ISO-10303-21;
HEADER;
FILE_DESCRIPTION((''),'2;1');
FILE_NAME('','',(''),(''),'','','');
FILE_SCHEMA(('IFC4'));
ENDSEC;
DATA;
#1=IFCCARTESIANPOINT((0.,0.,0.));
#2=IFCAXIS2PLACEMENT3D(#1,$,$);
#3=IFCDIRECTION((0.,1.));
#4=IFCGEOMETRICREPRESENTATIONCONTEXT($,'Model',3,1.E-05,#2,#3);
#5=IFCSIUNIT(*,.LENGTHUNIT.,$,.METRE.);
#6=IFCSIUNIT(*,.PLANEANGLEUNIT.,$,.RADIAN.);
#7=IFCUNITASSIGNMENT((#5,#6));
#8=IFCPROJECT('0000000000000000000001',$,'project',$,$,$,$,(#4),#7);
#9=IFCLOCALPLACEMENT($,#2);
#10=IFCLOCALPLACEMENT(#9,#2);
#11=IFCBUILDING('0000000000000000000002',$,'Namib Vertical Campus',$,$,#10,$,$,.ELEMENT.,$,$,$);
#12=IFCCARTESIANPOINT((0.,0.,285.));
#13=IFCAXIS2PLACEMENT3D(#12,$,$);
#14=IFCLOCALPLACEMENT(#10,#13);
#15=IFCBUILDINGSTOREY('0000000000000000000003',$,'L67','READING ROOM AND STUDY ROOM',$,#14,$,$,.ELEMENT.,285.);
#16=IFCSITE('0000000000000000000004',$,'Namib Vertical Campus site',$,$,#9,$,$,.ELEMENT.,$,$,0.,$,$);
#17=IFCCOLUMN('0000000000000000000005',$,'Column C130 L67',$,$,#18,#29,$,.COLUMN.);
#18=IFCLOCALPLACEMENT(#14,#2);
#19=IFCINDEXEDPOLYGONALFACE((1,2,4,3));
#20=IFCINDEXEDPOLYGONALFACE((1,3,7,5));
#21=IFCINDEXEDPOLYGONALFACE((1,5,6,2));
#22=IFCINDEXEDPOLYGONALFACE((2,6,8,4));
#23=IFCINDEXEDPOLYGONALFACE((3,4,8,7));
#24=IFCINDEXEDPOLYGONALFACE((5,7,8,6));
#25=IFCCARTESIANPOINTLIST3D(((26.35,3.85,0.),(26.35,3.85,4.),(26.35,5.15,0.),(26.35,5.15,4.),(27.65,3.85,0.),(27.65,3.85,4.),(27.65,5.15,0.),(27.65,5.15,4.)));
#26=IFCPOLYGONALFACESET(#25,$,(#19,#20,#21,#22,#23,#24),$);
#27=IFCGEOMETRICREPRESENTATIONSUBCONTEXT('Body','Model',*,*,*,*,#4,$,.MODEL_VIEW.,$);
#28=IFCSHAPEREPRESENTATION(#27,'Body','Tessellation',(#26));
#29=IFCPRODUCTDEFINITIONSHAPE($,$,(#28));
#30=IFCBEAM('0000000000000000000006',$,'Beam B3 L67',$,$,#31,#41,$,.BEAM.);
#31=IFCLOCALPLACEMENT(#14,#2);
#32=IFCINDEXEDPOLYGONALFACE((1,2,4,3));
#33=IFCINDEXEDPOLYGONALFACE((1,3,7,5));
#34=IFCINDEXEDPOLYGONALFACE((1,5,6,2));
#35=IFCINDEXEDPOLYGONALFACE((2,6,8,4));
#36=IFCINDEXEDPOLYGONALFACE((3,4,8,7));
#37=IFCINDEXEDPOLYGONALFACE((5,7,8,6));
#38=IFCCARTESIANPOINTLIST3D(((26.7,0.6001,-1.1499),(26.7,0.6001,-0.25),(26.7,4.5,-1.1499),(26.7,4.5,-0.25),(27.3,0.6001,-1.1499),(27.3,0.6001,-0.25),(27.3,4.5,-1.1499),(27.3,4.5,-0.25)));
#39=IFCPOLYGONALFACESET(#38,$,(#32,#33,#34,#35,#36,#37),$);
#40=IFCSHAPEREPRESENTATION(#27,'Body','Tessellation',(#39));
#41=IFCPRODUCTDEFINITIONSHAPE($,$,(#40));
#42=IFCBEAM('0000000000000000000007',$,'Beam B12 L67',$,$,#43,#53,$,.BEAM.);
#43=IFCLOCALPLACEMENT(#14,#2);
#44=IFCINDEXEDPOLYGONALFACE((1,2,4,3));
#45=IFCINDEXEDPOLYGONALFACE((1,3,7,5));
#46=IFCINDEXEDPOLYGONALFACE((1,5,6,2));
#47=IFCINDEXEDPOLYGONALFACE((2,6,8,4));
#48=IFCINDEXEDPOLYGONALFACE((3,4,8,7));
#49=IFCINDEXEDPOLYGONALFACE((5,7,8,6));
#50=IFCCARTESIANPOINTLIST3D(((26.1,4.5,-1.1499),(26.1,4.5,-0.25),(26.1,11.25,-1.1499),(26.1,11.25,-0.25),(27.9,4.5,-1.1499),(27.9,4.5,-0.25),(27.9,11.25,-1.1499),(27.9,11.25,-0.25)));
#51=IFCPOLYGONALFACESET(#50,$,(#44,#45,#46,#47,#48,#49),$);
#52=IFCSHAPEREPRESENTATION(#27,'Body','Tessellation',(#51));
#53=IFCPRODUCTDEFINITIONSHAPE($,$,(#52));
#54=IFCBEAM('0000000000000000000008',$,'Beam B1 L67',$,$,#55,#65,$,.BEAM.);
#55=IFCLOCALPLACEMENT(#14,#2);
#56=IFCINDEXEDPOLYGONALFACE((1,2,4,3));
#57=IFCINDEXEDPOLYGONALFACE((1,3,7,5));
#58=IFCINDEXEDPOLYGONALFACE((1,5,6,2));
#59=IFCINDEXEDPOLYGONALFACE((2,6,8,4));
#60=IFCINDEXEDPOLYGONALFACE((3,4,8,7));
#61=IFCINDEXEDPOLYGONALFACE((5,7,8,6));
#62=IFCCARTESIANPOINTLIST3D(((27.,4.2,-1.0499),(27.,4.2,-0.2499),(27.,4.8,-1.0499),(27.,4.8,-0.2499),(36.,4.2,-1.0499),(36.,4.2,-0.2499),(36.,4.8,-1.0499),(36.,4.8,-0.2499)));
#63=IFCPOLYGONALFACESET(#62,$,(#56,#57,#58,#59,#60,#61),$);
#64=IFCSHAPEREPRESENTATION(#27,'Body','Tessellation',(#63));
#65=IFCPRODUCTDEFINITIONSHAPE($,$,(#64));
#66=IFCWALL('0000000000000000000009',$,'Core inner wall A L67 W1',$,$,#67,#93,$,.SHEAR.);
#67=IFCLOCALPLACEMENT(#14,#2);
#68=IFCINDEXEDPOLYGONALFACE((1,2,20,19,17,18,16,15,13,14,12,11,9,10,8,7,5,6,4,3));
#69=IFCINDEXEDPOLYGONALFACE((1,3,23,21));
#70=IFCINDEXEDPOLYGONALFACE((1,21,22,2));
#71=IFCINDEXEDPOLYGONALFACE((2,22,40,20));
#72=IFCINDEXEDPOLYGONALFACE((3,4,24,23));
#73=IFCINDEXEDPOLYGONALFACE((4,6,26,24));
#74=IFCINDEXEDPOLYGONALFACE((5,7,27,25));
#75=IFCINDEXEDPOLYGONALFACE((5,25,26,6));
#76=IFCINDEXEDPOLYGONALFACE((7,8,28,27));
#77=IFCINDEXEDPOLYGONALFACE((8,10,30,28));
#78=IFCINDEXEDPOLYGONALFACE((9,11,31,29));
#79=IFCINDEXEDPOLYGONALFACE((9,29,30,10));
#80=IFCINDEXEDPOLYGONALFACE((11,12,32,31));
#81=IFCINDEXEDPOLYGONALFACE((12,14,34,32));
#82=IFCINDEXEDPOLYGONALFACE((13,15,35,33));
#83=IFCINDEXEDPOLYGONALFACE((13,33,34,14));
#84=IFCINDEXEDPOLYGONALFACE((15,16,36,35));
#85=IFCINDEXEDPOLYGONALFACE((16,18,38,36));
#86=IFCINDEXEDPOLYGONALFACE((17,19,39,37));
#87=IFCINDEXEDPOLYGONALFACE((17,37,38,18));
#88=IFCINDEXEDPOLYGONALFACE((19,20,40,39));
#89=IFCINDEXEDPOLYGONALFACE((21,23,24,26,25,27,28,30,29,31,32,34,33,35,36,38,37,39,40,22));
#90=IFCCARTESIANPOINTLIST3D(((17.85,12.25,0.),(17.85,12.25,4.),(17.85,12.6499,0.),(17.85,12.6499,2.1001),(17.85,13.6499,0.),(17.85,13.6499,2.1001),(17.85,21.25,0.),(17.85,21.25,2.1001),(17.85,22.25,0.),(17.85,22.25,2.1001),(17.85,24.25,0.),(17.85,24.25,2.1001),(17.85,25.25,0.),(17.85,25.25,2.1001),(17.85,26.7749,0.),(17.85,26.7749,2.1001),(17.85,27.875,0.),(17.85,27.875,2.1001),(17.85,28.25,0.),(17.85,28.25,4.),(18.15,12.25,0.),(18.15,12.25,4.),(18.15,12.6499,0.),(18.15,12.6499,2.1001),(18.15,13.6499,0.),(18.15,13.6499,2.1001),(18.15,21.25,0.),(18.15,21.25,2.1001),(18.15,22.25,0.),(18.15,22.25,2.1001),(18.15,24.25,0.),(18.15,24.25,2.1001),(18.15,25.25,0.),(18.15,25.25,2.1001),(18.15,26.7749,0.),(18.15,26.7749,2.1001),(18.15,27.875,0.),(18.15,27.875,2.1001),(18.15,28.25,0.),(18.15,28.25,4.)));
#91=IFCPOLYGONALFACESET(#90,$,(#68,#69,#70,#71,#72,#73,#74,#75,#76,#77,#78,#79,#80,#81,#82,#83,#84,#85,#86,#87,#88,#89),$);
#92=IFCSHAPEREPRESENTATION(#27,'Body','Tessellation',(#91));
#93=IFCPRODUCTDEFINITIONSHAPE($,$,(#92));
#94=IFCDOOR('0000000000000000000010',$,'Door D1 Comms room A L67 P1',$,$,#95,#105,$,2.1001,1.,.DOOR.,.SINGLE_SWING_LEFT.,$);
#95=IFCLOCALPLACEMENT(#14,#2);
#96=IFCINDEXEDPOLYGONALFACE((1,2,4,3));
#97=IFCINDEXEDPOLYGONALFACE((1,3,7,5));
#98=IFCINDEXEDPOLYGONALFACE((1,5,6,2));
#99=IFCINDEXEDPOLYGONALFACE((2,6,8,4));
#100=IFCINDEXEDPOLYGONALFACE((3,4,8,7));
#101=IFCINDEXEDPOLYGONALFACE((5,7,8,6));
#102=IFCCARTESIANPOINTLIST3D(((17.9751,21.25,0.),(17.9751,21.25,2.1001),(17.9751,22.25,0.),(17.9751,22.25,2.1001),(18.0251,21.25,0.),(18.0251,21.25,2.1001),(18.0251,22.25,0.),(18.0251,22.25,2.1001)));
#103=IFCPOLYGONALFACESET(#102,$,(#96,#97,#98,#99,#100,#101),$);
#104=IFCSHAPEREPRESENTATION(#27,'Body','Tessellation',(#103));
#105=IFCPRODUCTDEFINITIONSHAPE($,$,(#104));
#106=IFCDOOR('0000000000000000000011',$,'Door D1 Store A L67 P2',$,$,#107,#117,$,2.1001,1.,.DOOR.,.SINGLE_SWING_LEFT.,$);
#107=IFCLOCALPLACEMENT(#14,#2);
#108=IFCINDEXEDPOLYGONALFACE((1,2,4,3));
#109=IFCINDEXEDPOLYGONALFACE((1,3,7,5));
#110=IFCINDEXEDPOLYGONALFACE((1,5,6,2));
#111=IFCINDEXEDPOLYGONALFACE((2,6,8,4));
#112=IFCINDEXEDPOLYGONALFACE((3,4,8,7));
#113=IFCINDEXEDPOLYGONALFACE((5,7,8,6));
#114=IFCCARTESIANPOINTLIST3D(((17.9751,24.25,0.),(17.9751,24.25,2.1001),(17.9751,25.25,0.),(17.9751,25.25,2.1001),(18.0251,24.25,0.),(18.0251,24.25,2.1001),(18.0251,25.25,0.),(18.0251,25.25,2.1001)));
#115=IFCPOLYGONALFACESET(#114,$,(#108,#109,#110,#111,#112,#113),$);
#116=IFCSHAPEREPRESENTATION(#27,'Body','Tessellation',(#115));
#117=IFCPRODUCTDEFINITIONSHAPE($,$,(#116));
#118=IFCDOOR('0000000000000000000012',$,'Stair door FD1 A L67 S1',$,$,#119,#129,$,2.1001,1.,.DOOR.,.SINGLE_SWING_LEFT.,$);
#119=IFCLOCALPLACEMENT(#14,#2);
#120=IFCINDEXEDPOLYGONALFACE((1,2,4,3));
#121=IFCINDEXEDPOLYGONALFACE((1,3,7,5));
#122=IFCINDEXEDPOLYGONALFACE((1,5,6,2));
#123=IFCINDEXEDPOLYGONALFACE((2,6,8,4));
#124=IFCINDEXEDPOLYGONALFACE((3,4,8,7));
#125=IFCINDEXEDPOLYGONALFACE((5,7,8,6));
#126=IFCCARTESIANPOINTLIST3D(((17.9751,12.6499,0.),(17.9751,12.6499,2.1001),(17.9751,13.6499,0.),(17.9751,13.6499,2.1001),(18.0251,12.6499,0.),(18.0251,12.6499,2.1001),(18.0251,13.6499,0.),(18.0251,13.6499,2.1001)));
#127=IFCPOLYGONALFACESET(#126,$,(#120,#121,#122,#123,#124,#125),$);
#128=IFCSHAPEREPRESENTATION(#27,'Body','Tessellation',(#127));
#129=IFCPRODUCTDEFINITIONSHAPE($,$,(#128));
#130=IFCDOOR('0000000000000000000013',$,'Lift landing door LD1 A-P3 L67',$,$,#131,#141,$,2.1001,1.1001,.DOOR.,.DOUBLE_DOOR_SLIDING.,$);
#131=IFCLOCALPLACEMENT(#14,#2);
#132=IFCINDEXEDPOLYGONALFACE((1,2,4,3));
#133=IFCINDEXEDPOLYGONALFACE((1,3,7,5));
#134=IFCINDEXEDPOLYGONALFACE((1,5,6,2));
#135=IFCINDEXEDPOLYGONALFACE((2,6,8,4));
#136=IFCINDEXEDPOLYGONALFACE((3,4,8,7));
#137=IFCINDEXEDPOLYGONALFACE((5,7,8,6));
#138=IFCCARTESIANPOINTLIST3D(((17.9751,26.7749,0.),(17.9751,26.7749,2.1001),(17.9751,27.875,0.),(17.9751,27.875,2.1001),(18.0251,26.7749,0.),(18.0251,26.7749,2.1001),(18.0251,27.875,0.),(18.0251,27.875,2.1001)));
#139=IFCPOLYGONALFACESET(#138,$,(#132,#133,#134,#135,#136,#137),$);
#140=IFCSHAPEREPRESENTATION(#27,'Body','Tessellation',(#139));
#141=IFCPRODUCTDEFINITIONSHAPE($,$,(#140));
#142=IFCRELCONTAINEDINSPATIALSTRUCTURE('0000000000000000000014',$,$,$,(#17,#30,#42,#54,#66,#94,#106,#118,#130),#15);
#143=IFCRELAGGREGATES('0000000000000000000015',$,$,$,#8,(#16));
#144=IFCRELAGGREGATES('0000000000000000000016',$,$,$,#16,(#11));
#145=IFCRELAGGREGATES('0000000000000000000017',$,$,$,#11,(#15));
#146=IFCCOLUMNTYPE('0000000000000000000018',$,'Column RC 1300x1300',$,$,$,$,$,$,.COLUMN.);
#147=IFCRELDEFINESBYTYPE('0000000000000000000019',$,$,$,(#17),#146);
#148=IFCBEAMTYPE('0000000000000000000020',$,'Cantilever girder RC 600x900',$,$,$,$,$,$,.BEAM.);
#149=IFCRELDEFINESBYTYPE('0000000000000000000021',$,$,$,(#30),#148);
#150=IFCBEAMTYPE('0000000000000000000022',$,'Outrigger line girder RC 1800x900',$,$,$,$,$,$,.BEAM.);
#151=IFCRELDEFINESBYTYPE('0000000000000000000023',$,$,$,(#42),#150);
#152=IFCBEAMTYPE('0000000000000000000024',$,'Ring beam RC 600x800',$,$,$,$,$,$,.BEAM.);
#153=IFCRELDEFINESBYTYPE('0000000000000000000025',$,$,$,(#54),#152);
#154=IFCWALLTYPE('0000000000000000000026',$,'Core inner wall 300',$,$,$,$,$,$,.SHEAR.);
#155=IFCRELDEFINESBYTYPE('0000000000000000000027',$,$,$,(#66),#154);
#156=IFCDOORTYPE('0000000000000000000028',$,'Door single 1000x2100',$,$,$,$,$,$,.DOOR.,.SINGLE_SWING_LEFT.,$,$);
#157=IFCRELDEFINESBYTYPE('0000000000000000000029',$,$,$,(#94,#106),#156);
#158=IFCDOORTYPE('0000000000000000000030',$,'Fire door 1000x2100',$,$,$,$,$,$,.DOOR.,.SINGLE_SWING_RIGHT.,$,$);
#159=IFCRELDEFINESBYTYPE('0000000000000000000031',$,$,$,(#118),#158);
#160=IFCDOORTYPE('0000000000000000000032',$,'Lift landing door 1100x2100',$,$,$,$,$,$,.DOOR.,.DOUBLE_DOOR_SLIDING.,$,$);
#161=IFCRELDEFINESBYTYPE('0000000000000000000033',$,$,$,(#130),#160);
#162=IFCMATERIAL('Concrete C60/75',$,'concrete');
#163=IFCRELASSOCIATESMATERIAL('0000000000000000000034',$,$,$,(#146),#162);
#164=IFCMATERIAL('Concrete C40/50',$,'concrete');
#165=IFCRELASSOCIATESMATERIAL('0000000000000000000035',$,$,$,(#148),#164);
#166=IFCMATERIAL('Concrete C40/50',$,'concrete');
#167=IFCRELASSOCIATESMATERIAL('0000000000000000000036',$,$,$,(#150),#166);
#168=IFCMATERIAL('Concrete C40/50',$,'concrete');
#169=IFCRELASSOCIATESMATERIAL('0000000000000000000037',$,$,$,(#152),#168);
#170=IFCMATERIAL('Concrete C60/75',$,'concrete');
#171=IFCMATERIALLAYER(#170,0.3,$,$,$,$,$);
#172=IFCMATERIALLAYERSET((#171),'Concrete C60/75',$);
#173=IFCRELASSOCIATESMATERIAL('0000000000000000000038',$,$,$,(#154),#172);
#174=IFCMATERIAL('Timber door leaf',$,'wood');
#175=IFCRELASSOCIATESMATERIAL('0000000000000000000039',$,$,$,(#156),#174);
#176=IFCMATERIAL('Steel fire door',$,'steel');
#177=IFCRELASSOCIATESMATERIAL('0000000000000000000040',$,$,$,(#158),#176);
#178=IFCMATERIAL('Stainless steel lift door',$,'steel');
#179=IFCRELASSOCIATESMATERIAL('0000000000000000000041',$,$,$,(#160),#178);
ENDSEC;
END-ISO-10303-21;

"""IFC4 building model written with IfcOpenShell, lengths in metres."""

from ifc_helpers import new_model, si_unit, direction, frame, frame_2d, origin, origin_2d, place, context, subcontext, project, spatial, rectangle, extrude, material, layer, layer_set, material_profile, profile_set, type_object, element, fill, save


model = new_model("IFC4")

# Units and contexts
model_context = context("Model", 3, precision=1e-05, world=origin(), true_north=direction((0.0, 1.0)))
body_context = subcontext(model_context, "Body", "Model", "MODEL_VIEW")
ifc_project = project(units=[si_unit("LENGTHUNIT", "METRE"), si_unit("PLANEANGLEUNIT", "RADIAN")], contexts=[model_context])

# Site, building, storey
site_placement = place(None, origin())
site = spatial("IfcSite", under=ifc_project, at=site_placement, Name="Namib Vertical Campus site", CompositionType="ELEMENT", RefElevation=0.0)
building_placement = place(site_placement, origin())
building = spatial("IfcBuilding", under=site, at=building_placement, Name="Namib Vertical Campus", CompositionType="ELEMENT")
storey_placement = place(building_placement, frame((0.0, 0.0, 285.0)))
storey = spatial("IfcBuildingStorey", under=building, at=storey_placement, Name="L67", Description="READING ROOM AND STUDY ROOM", CompositionType="ELEMENT", Elevation=285.0)

# Column
ifc_material_1 = material(Name="Concrete C60/75", Category="concrete")
ifc_material_profile_1 = material_profile(ifc_material_1, rectangle(XDim=1.3, YDim=1.3, at=origin_2d()))
ifc_profile_set_1 = profile_set([ifc_material_profile_1], Name="Concrete C60/75")
column_type = type_object("IfcColumnType", Name="Column RC 1300x1300", PredefinedType="COLUMN", material=ifc_profile_set_1)
column_placement = place(storey_placement, frame((27.0, 4.5, 0.0), z_axis=(0.0, 0.0, 1.0), x_axis=(1.0, 0.0, 0.0)))
element("IfcColumn", 1, at=column_placement, inside=storey, type_object=column_type, Name="Column C130 L67", PredefinedType="COLUMN", context=body_context, shape_type="SweptSolid", body=[
    extrude(rectangle(XDim=1.3, YDim=1.3, at=origin_2d()), origin(), (0.0, 0.0, 1.0), 4.0),
])

# Beams
ifc_material_2 = material(Name="Concrete C40/50", Category="concrete")
ifc_material_profile_2 = material_profile(ifc_material_2, rectangle(XDim=0.6001, YDim=0.8999, at=origin_2d()))
ifc_profile_set_2 = profile_set([ifc_material_profile_2], Name="Concrete C40/50")
beam_type_1 = type_object("IfcBeamType", Name="Cantilever girder RC 600x900", PredefinedType="BEAM", material=ifc_profile_set_2)
beam_1_placement = place(storey_placement, frame((27.0, 4.5, -0.7), z_axis=(0.0, -1.0, 0.0), x_axis=(1.0, 0.0, 0.0)))
element("IfcBeam", 2, at=beam_1_placement, inside=storey, type_object=beam_type_1, Name="Beam B3 L67", PredefinedType="BEAM", context=body_context, shape_type="SweptSolid", body=[
    extrude(rectangle(XDim=0.6001, YDim=0.8999, at=origin_2d()), origin(), (0.0, 0.0, 1.0), 3.8999),
])
ifc_material_3 = material(Name="Concrete C40/50", Category="concrete")
ifc_material_profile_3 = material_profile(ifc_material_3, rectangle(XDim=1.8, YDim=0.8999, at=origin_2d()))
ifc_profile_set_3 = profile_set([ifc_material_profile_3], Name="Concrete C40/50")
beam_type_2 = type_object("IfcBeamType", Name="Outrigger line girder RC 1800x900", PredefinedType="BEAM", material=ifc_profile_set_3)
beam_2_placement = place(storey_placement, frame((27.0, 4.5, -0.7), z_axis=(0.0, 1.0, 0.0), x_axis=(-1.0, 0.0, 0.0)))
element("IfcBeam", 3, at=beam_2_placement, inside=storey, type_object=beam_type_2, Name="Beam B12 L67", PredefinedType="BEAM", context=body_context, shape_type="SweptSolid", body=[
    extrude(rectangle(XDim=1.8, YDim=0.8999, at=origin_2d()), origin(), (0.0, 0.0, 1.0), 6.75),
])
ifc_material_4 = material(Name="Concrete C40/50", Category="concrete")
ifc_material_profile_4 = material_profile(ifc_material_4, rectangle(XDim=0.6001, YDim=0.8, at=origin_2d()))
ifc_profile_set_4 = profile_set([ifc_material_profile_4], Name="Concrete C40/50")
beam_type_3 = type_object("IfcBeamType", Name="Ring beam RC 600x800", PredefinedType="BEAM", material=ifc_profile_set_4)
beam_3_placement = place(storey_placement, frame((27.0, 4.5, -0.6499), z_axis=(1.0, 0.0, 0.0), x_axis=(0.0, 1.0, 0.0)))
element("IfcBeam", 4, at=beam_3_placement, inside=storey, type_object=beam_type_3, Name="Beam B1 L67", PredefinedType="BEAM", context=body_context, shape_type="SweptSolid", body=[
    extrude(rectangle(XDim=0.6001, YDim=0.8, at=origin_2d()), origin(), (0.0, 0.0, 1.0), 9.0),
])

# Wall, openings, doors
ifc_material_5 = material(Name="Concrete C60/75", Category="concrete")
ifc_layer_1 = layer(ifc_material_5, 0.3)
ifc_layer_set_1 = layer_set([ifc_layer_1], Name="Concrete C60/75")
wall_type_1 = type_object("IfcWallType", Name="Core inner wall 300", PredefinedType="SHEAR", material=ifc_layer_set_1)
wall_1_placement = place(storey_placement, frame((18.0, 12.25, 0.0), z_axis=(0.0, 0.0, 1.0), x_axis=(0.0, 1.0, 0.0)))
wall_1 = element("IfcWall", 5, at=wall_1_placement, inside=storey, type_object=wall_type_1, Name="Core inner wall A L67 W1", PredefinedType="SHEAR", context=body_context, shape_type="SweptSolid", body=[
    extrude(rectangle(XDim=16.0, YDim=0.3, at=frame_2d((8.0, 0.0))), origin(), (0.0, 0.0, 1.0), 4.0),
])
opening_1_placement = place(wall_1_placement, frame((0.3999, 0.0, 0.0)))
opening_1 = element("IfcOpeningElement", 6, at=opening_1_placement, cuts=wall_1, PredefinedType="OPENING", context=body_context, shape_type="SweptSolid", body=[
    extrude(rectangle(XDim=1.0, YDim=2.1001, at=frame_2d((0.5, 1.05))), frame((0.0, 0.1599, 0.0), z_axis=(0.0, -1.0, 0.0), x_axis=(1.0, 0.0, 0.0)), (0.0, 0.0, 1.0), 0.3201),
])
opening_2_placement = place(wall_1_placement, frame((14.5249, 0.0, 0.0)))
opening_2 = element("IfcOpeningElement", 7, at=opening_2_placement, cuts=wall_1, PredefinedType="OPENING", context=body_context, shape_type="SweptSolid", body=[
    extrude(rectangle(XDim=1.1001, YDim=2.1001, at=frame_2d((0.55, 1.05))), frame((0.0, 0.1599, 0.0), z_axis=(0.0, -1.0, 0.0), x_axis=(1.0, 0.0, 0.0)), (0.0, 0.0, 1.0), 0.3201),
])
opening_3_placement = place(wall_1_placement, frame((9.0, 0.0, 0.0)))
opening_3 = element("IfcOpeningElement", 8, at=opening_3_placement, cuts=wall_1, PredefinedType="OPENING", context=body_context, shape_type="SweptSolid", body=[
    extrude(rectangle(XDim=1.0, YDim=2.1001, at=frame_2d((0.5, 1.05))), frame((0.0, 0.1599, 0.0), z_axis=(0.0, -1.0, 0.0), x_axis=(1.0, 0.0, 0.0)), (0.0, 0.0, 1.0), 0.3201),
])
opening_4_placement = place(wall_1_placement, frame((12.0, 0.0, 0.0)))
opening_4 = element("IfcOpeningElement", 9, at=opening_4_placement, cuts=wall_1, PredefinedType="OPENING", context=body_context, shape_type="SweptSolid", body=[
    extrude(rectangle(XDim=1.0, YDim=2.1001, at=frame_2d((0.5, 1.05))), frame((0.0, 0.1599, 0.0), z_axis=(0.0, -1.0, 0.0), x_axis=(1.0, 0.0, 0.0)), (0.0, 0.0, 1.0), 0.3201),
])
ifc_material_6 = material(Name="Timber door leaf", Category="wood")
door_type_1 = type_object("IfcDoorType", Name="Door single 1000x2100", OperationType="SINGLE_SWING_LEFT", PredefinedType="DOOR", material=ifc_material_6)
door_1_placement = place(opening_3_placement, origin())
door_1 = element("IfcDoor", 10, at=door_1_placement, inside=storey, type_object=door_type_1, Name="Door D1 Comms room A L67 P1", OperationType="SINGLE_SWING_LEFT", OverallHeight=2.1001, OverallWidth=1.0, PredefinedType="DOOR", context=body_context, shape_type="SweptSolid", body=[
    extrude(rectangle(XDim=1.0, YDim=2.1001, at=frame_2d((0.5, 1.05))), frame((0.0, 0.0249, 0.0), z_axis=(0.0, -1.0, 0.0), x_axis=(1.0, 0.0, 0.0)), (0.0, 0.0, 1.0), 0.05),
])
fill(opening_3, door_1)
door_2_placement = place(opening_4_placement, origin())
door_2 = element("IfcDoor", 11, at=door_2_placement, inside=storey, type_object=door_type_1, Name="Door D1 Store A L67 P2", OperationType="SINGLE_SWING_LEFT", OverallHeight=2.1001, OverallWidth=1.0, PredefinedType="DOOR", context=body_context, shape_type="SweptSolid", body=[
    extrude(rectangle(XDim=1.0, YDim=2.1001, at=frame_2d((0.5, 1.05))), frame((0.0, 0.0249, 0.0), z_axis=(0.0, -1.0, 0.0), x_axis=(1.0, 0.0, 0.0)), (0.0, 0.0, 1.0), 0.05),
])
fill(opening_4, door_2)
ifc_material_7 = material(Name="Steel fire door", Category="steel")
door_type_2 = type_object("IfcDoorType", Name="Fire door 1000x2100", OperationType="SINGLE_SWING_RIGHT", PredefinedType="DOOR", material=ifc_material_7)
door_3_placement = place(opening_1_placement, origin())
door_3 = element("IfcDoor", 12, at=door_3_placement, inside=storey, type_object=door_type_2, Name="Stair door FD1 A L67 S1", OperationType="SINGLE_SWING_LEFT", OverallHeight=2.1001, OverallWidth=1.0, PredefinedType="DOOR", context=body_context, shape_type="SweptSolid", body=[
    extrude(rectangle(XDim=1.0, YDim=2.1001, at=frame_2d((0.5, 1.05))), frame((0.0, 0.0249, 0.0), z_axis=(0.0, -1.0, 0.0), x_axis=(1.0, 0.0, 0.0)), (0.0, 0.0, 1.0), 0.05),
])
fill(opening_1, door_3)
ifc_material_8 = material(Name="Stainless steel lift door", Category="steel")
door_type_3 = type_object("IfcDoorType", Name="Lift landing door 1100x2100", OperationType="DOUBLE_DOOR_SLIDING", PredefinedType="DOOR", material=ifc_material_8)
door_4_placement = place(opening_2_placement, origin())
door_4 = element("IfcDoor", 13, at=door_4_placement, inside=storey, type_object=door_type_3, Name="Lift landing door LD1 A-P3 L67", OperationType="DOUBLE_DOOR_SLIDING", OverallHeight=2.1001, OverallWidth=1.1001, PredefinedType="DOOR", context=body_context, shape_type="SweptSolid", body=[
    extrude(rectangle(XDim=1.1001, YDim=2.1001, at=frame_2d((0.55, 1.05))), frame((0.0, 0.0249, 0.0), z_axis=(0.0, -1.0, 0.0), x_axis=(1.0, 0.0, 0.0)), (0.0, 0.0, 1.0), 0.05),
])
fill(opening_2, door_4)

save(model, "model.ifc")
